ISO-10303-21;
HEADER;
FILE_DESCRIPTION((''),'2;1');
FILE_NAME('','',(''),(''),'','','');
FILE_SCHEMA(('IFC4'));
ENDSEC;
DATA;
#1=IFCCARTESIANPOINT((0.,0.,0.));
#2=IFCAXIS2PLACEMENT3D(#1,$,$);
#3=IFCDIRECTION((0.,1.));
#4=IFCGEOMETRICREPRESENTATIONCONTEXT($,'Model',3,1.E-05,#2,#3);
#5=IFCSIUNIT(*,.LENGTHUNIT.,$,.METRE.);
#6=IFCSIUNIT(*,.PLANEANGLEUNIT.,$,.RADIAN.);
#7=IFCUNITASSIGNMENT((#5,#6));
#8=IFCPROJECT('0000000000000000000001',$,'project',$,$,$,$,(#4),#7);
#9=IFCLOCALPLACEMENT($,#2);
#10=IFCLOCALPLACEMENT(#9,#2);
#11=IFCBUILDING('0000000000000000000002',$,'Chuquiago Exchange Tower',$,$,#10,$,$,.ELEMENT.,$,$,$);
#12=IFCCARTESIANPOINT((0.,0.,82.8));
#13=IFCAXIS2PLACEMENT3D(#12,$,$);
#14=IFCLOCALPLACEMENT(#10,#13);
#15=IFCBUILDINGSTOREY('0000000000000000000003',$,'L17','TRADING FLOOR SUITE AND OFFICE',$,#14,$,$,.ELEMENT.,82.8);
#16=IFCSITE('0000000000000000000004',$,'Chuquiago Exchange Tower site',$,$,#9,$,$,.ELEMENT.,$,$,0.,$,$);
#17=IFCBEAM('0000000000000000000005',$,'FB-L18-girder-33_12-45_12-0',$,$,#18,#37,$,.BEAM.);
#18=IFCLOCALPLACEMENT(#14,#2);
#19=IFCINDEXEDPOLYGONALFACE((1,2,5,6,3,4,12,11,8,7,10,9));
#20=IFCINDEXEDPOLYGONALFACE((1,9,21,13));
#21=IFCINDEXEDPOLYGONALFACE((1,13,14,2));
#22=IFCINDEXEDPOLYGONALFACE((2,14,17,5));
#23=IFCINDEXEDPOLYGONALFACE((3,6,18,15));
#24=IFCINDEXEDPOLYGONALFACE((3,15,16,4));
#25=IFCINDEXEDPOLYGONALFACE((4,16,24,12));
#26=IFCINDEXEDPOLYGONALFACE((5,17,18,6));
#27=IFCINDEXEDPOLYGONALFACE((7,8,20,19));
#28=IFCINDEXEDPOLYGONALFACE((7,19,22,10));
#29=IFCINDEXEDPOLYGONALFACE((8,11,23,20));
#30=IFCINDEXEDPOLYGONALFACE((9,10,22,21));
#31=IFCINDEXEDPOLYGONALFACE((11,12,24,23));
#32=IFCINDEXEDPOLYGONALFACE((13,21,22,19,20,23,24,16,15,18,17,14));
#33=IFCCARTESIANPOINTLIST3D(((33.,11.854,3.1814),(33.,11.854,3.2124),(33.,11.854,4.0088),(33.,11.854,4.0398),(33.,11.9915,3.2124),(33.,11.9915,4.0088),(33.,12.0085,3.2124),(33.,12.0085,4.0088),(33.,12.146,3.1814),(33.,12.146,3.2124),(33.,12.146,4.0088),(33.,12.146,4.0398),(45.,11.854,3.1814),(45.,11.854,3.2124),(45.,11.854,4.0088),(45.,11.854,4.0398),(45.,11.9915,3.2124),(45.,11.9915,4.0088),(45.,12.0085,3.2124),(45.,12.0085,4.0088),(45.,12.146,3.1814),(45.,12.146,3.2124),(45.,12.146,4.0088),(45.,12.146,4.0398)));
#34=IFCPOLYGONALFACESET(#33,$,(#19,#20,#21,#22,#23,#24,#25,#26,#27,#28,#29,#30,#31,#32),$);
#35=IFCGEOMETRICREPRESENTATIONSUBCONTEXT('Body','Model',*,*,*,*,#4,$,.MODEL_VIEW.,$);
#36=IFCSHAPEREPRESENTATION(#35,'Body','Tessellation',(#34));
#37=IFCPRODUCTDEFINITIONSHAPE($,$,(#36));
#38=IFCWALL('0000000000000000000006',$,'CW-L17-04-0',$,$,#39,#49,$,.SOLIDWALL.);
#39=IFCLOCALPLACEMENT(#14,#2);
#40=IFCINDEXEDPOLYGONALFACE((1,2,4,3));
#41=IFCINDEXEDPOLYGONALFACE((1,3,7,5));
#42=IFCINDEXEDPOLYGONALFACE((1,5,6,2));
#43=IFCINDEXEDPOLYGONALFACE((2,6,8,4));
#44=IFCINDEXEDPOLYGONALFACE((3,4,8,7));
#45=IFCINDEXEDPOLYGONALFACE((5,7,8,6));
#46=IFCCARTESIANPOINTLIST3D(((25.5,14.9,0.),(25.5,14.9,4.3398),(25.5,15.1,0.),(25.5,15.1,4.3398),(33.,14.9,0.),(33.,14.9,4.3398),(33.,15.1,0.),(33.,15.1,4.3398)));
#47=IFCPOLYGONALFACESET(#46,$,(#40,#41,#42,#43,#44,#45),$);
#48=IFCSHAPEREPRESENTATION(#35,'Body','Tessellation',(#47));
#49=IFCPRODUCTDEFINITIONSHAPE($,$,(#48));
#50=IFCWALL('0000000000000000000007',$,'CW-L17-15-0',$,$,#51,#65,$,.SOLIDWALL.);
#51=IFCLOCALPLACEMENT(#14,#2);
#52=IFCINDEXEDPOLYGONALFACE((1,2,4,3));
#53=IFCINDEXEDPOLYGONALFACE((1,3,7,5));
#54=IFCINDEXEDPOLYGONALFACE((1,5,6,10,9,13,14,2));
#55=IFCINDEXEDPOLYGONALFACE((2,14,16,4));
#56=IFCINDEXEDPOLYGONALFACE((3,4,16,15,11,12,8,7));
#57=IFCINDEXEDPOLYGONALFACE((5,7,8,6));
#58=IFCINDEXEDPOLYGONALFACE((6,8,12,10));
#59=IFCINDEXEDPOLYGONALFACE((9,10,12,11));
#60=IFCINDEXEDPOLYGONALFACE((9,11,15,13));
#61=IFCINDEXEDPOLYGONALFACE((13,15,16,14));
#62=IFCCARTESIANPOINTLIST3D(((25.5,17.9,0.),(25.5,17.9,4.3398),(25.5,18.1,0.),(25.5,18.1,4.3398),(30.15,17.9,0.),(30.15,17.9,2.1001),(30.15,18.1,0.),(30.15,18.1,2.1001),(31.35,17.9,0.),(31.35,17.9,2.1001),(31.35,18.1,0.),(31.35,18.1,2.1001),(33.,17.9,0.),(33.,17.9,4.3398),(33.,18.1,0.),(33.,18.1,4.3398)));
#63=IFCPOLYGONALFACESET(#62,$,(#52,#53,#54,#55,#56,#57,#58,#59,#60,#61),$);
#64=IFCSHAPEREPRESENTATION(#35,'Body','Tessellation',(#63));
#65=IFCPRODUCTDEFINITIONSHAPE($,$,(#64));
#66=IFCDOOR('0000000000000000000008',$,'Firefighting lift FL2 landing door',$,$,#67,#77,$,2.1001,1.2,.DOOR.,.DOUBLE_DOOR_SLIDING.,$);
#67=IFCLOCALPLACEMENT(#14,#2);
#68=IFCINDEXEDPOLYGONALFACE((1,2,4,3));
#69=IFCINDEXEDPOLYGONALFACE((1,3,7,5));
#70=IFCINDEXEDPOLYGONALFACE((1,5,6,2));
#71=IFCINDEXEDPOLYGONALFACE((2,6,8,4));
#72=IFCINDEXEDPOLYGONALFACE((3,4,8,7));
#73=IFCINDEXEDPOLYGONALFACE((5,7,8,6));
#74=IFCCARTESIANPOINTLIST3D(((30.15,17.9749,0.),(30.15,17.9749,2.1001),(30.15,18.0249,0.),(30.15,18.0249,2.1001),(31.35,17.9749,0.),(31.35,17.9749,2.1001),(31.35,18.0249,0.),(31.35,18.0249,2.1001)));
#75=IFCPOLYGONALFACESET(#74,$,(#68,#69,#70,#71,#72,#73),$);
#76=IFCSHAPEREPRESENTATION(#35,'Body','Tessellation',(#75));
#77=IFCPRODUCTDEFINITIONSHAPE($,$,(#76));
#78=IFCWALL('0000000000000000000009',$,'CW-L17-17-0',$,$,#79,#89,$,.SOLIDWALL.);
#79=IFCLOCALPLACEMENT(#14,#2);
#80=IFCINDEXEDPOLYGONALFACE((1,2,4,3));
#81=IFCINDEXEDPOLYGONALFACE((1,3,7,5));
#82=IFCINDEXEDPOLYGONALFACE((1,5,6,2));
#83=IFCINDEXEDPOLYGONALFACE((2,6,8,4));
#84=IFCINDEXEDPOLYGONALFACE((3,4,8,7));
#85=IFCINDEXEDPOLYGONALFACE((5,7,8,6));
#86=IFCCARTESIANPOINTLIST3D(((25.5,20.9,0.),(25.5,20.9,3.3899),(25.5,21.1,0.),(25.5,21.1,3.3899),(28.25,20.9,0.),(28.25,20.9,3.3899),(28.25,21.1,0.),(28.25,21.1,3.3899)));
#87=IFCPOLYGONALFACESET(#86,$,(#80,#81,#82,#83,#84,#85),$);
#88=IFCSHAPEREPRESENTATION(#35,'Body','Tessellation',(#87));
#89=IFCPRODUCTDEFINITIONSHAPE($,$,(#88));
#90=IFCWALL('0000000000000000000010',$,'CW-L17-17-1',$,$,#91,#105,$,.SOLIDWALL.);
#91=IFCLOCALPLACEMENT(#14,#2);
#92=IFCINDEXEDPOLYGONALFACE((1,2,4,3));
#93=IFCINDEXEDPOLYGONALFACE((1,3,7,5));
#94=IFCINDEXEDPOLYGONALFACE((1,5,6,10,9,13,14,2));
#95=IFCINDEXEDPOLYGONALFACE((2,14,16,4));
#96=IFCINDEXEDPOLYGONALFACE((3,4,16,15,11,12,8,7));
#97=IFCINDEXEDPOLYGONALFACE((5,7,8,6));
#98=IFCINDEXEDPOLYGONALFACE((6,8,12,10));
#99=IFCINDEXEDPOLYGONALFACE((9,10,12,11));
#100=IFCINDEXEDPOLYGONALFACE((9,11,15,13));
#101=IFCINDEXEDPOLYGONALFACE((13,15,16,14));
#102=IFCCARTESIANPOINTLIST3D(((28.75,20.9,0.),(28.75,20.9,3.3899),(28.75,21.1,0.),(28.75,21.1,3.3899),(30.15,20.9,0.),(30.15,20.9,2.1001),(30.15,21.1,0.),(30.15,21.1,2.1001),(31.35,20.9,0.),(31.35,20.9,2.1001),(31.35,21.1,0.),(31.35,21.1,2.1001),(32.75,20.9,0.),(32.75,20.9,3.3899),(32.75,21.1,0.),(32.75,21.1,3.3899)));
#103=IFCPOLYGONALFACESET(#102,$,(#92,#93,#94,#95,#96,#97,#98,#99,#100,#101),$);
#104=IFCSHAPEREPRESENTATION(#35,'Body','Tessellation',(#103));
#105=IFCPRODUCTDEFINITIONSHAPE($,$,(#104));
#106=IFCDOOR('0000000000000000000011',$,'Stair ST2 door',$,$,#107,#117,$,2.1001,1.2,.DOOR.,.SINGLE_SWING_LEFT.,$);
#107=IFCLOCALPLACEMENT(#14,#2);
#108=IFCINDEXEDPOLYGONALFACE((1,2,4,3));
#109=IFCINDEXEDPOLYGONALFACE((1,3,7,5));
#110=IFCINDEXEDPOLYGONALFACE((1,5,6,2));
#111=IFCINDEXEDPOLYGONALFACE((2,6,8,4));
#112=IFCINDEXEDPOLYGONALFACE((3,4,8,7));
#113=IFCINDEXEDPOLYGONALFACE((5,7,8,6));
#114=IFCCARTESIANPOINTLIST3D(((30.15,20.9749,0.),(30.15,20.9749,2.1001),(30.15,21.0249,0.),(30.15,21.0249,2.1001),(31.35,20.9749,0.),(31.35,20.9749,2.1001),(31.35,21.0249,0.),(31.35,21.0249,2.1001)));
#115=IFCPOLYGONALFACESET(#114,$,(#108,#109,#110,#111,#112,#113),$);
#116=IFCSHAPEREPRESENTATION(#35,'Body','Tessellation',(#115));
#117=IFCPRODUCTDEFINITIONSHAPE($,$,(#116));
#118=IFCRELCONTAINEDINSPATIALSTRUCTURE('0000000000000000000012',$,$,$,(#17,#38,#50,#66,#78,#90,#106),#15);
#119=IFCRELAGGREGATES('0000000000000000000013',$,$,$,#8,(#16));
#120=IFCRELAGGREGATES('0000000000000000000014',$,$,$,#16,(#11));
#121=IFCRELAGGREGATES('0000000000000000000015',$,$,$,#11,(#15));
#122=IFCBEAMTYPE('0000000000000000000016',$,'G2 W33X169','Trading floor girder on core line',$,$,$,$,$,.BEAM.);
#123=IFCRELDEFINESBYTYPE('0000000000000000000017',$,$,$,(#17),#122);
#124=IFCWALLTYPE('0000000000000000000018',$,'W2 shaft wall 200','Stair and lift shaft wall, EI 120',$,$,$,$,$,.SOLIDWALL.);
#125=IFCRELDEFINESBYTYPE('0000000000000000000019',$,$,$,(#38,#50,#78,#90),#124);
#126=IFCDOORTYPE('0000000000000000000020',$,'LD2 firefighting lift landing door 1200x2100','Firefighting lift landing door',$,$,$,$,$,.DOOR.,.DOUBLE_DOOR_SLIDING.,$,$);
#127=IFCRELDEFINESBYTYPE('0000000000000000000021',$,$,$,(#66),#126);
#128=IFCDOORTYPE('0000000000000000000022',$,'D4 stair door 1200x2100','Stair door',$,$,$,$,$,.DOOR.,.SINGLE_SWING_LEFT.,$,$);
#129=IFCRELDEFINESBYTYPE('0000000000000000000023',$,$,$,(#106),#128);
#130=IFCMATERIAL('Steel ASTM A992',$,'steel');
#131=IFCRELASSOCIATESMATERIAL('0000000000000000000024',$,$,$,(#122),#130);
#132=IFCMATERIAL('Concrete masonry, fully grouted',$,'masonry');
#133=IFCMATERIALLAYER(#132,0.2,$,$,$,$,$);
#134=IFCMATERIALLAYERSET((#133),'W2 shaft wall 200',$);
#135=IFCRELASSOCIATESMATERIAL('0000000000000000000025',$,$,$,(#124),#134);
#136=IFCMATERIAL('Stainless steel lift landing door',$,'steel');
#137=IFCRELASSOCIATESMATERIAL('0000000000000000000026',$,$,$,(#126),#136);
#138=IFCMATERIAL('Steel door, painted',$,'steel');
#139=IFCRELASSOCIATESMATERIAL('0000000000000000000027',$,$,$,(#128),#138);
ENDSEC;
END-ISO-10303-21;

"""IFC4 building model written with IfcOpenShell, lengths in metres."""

from ifc_helpers import new_model, si_unit, direction, frame, frame_2d, origin, origin_2d, place, context, subcontext, project, spatial, rectangle, i_section, extrude, material, layer, layer_set, material_profile, profile_set, type_object, element, fill, save


model = new_model("IFC4")

# Units and contexts
model_context = context("Model", 3, precision=1e-05, world=origin(), true_north=direction((0.0, 1.0)))
body_context = subcontext(model_context, "Body", "Model", "MODEL_VIEW")
ifc_project = project(units=[si_unit("LENGTHUNIT", "METRE"), si_unit("PLANEANGLEUNIT", "RADIAN")], contexts=[model_context])

# Site, building, storey
site_placement = place(None, origin())
site = spatial("IfcSite", under=ifc_project, at=site_placement, Name="Chuquiago Exchange Tower site", CompositionType="ELEMENT", RefElevation=0.0)
building_placement = place(site_placement, origin())
building = spatial("IfcBuilding", under=site, at=building_placement, Name="Chuquiago Exchange Tower", CompositionType="ELEMENT")
storey_placement = place(building_placement, frame((0.0, 0.0, 82.8)))
storey = spatial("IfcBuildingStorey", under=building, at=storey_placement, Name="L17", Description="TRADING FLOOR SUITE AND OFFICE", CompositionType="ELEMENT", Elevation=82.8)

# Beam
ifc_material_1 = material(Name="Steel ASTM A992", Category="steel")
ifc_material_profile_1 = material_profile(ifc_material_1, i_section(OverallWidth=0.292, OverallDepth=0.8584, WebThickness=0.0171, FlangeThickness=0.031, at=origin_2d()), Name="W33X169")
ifc_profile_set_1 = profile_set([ifc_material_profile_1], Name="Steel ASTM A992")
beam_type_1 = type_object("IfcBeamType", Name="G2 W33X169", Description="Trading floor girder on core line", PredefinedType="BEAM", material=ifc_profile_set_1)
for number, where, z_axis, x_axis, name in (
    (1, (33.0, 12.0, 3.6106), (1.0, 0.0, 0.0), (0.0, 1.0, 0.0), "FB-L18-girder-33_12-45_12-0"),
):
    element("IfcBeam", number, at=place(storey_placement, frame(where, z_axis=z_axis, x_axis=x_axis)), inside=storey, type_object=beam_type_1, Name=name, PredefinedType="BEAM", context=body_context, shape_type="SweptSolid", body=[
        extrude(i_section(OverallWidth=0.292, OverallDepth=0.8584, WebThickness=0.0171, FlangeThickness=0.031, at=origin_2d()), origin(), (0.0, 0.0, 1.0), 12.0),
    ])

# Wall
ifc_material_2 = material(Name="Concrete masonry, fully grouted", Category="masonry")
ifc_layer_1 = layer(ifc_material_2, 0.2)
ifc_layer_set_1 = layer_set([ifc_layer_1], Name="W2 shaft wall 200")
wall_type_1 = type_object("IfcWallType", Name="W2 shaft wall 200", Description="Stair and lift shaft wall, EI 120", PredefinedType="SOLIDWALL", material=ifc_layer_set_1)
wall_1_placement = place(storey_placement, frame((25.5, 15.0, 0.0), z_axis=(0.0, 0.0, 1.0), x_axis=(1.0, 0.0, 0.0)))
element("IfcWall", 2, at=wall_1_placement, inside=storey, type_object=wall_type_1, Name="CW-L17-04-0", PredefinedType="SOLIDWALL", context=body_context, shape_type="SweptSolid", body=[
    extrude(rectangle(XDim=7.5, YDim=0.2, at=frame_2d((3.75, 0.0))), origin(), (0.0, 0.0, 1.0), 4.3398),
])

# Wall, opening, door
wall_2_placement = place(storey_placement, frame((25.5, 18.0, 0.0), z_axis=(0.0, 0.0, 1.0), x_axis=(1.0, 0.0, 0.0)))
wall_2 = element("IfcWall", 3, at=wall_2_placement, inside=storey, type_object=wall_type_1, Name="CW-L17-15-0", PredefinedType="SOLIDWALL", context=body_context, shape_type="SweptSolid", body=[
    extrude(rectangle(XDim=7.5, YDim=0.2, at=frame_2d((3.75, 0.0))), origin(), (0.0, 0.0, 1.0), 4.3398),
])
opening_1_placement = place(wall_2_placement, frame((4.6499, 0.0, 0.0)))
opening_1 = element("IfcOpeningElement", 4, at=opening_1_placement, cuts=wall_2, PredefinedType="OPENING", context=body_context, shape_type="SweptSolid", body=[
    extrude(rectangle(XDim=1.2, YDim=2.1001, at=frame_2d((0.6001, 1.05))), frame((0.0, 0.1099, 0.0), z_axis=(0.0, -1.0, 0.0), x_axis=(1.0, 0.0, 0.0)), (0.0, 0.0, 1.0), 0.22),
])
ifc_material_3 = material(Name="Stainless steel lift landing door", Category="steel")
door_type_1 = type_object("IfcDoorType", Name="LD2 firefighting lift landing door 1200x2100", Description="Firefighting lift landing door", OperationType="DOUBLE_DOOR_SLIDING", PredefinedType="DOOR", material=ifc_material_3)
door_1_placement = place(opening_1_placement, origin())
door_1 = element("IfcDoor", 5, at=door_1_placement, inside=storey, type_object=door_type_1, Name="Firefighting lift FL2 landing door", OperationType="DOUBLE_DOOR_SLIDING", OverallHeight=2.1001, OverallWidth=1.2, PredefinedType="DOOR", context=body_context, shape_type="SweptSolid", body=[
    extrude(rectangle(XDim=1.2, YDim=2.1001, at=frame_2d((0.6001, 1.05))), frame((0.0, 0.0249, 0.0), z_axis=(0.0, -1.0, 0.0), x_axis=(1.0, 0.0, 0.0)), (0.0, 0.0, 1.0), 0.05),
])
fill(opening_1, door_1)

# Wall
wall_3_placement = place(storey_placement, frame((25.5, 21.0, 0.0), z_axis=(0.0, 0.0, 1.0), x_axis=(1.0, 0.0, 0.0)))
element("IfcWall", 6, at=wall_3_placement, inside=storey, type_object=wall_type_1, Name="CW-L17-17-0", PredefinedType="SOLIDWALL", context=body_context, shape_type="SweptSolid", body=[
    extrude(rectangle(XDim=2.75, YDim=0.2, at=frame_2d((1.375, 0.0))), origin(), (0.0, 0.0, 1.0), 3.3899),
])

# Wall, opening, door
wall_4_placement = place(storey_placement, frame((28.75, 21.0, 0.0), z_axis=(0.0, 0.0, 1.0), x_axis=(1.0, 0.0, 0.0)))
wall_4 = element("IfcWall", 7, at=wall_4_placement, inside=storey, type_object=wall_type_1, Name="CW-L17-17-1", PredefinedType="SOLIDWALL", context=body_context, shape_type="SweptSolid", body=[
    extrude(rectangle(XDim=4.0, YDim=0.2, at=frame_2d((2.0, 0.0))), origin(), (0.0, 0.0, 1.0), 3.3899),
])
opening_2_placement = place(wall_4_placement, frame((1.3999, 0.0, 0.0)))
opening_2 = element("IfcOpeningElement", 8, at=opening_2_placement, cuts=wall_4, PredefinedType="OPENING", context=body_context, shape_type="SweptSolid", body=[
    extrude(rectangle(XDim=1.2, YDim=2.1001, at=frame_2d((0.6001, 1.05))), frame((0.0, 0.1099, 0.0), z_axis=(0.0, -1.0, 0.0), x_axis=(1.0, 0.0, 0.0)), (0.0, 0.0, 1.0), 0.22),
])
ifc_material_4 = material(Name="Steel door, painted", Category="steel")
door_type_2 = type_object("IfcDoorType", Name="D4 stair door 1200x2100", Description="Stair door", OperationType="SINGLE_SWING_LEFT", PredefinedType="DOOR", material=ifc_material_4)
door_2_placement = place(opening_2_placement, origin())
door_2 = element("IfcDoor", 9, at=door_2_placement, inside=storey, type_object=door_type_2, Name="Stair ST2 door", OperationType="SINGLE_SWING_LEFT", OverallHeight=2.1001, OverallWidth=1.2, PredefinedType="DOOR", context=body_context, shape_type="SweptSolid", body=[
    extrude(rectangle(XDim=1.2, YDim=2.1001, at=frame_2d((0.6001, 1.05))), frame((0.0, 0.0249, 0.0), z_axis=(0.0, -1.0, 0.0), x_axis=(1.0, 0.0, 0.0)), (0.0, 0.0, 1.0), 0.05),
])
fill(opening_2, door_2)

save(model, "model.ifc")
